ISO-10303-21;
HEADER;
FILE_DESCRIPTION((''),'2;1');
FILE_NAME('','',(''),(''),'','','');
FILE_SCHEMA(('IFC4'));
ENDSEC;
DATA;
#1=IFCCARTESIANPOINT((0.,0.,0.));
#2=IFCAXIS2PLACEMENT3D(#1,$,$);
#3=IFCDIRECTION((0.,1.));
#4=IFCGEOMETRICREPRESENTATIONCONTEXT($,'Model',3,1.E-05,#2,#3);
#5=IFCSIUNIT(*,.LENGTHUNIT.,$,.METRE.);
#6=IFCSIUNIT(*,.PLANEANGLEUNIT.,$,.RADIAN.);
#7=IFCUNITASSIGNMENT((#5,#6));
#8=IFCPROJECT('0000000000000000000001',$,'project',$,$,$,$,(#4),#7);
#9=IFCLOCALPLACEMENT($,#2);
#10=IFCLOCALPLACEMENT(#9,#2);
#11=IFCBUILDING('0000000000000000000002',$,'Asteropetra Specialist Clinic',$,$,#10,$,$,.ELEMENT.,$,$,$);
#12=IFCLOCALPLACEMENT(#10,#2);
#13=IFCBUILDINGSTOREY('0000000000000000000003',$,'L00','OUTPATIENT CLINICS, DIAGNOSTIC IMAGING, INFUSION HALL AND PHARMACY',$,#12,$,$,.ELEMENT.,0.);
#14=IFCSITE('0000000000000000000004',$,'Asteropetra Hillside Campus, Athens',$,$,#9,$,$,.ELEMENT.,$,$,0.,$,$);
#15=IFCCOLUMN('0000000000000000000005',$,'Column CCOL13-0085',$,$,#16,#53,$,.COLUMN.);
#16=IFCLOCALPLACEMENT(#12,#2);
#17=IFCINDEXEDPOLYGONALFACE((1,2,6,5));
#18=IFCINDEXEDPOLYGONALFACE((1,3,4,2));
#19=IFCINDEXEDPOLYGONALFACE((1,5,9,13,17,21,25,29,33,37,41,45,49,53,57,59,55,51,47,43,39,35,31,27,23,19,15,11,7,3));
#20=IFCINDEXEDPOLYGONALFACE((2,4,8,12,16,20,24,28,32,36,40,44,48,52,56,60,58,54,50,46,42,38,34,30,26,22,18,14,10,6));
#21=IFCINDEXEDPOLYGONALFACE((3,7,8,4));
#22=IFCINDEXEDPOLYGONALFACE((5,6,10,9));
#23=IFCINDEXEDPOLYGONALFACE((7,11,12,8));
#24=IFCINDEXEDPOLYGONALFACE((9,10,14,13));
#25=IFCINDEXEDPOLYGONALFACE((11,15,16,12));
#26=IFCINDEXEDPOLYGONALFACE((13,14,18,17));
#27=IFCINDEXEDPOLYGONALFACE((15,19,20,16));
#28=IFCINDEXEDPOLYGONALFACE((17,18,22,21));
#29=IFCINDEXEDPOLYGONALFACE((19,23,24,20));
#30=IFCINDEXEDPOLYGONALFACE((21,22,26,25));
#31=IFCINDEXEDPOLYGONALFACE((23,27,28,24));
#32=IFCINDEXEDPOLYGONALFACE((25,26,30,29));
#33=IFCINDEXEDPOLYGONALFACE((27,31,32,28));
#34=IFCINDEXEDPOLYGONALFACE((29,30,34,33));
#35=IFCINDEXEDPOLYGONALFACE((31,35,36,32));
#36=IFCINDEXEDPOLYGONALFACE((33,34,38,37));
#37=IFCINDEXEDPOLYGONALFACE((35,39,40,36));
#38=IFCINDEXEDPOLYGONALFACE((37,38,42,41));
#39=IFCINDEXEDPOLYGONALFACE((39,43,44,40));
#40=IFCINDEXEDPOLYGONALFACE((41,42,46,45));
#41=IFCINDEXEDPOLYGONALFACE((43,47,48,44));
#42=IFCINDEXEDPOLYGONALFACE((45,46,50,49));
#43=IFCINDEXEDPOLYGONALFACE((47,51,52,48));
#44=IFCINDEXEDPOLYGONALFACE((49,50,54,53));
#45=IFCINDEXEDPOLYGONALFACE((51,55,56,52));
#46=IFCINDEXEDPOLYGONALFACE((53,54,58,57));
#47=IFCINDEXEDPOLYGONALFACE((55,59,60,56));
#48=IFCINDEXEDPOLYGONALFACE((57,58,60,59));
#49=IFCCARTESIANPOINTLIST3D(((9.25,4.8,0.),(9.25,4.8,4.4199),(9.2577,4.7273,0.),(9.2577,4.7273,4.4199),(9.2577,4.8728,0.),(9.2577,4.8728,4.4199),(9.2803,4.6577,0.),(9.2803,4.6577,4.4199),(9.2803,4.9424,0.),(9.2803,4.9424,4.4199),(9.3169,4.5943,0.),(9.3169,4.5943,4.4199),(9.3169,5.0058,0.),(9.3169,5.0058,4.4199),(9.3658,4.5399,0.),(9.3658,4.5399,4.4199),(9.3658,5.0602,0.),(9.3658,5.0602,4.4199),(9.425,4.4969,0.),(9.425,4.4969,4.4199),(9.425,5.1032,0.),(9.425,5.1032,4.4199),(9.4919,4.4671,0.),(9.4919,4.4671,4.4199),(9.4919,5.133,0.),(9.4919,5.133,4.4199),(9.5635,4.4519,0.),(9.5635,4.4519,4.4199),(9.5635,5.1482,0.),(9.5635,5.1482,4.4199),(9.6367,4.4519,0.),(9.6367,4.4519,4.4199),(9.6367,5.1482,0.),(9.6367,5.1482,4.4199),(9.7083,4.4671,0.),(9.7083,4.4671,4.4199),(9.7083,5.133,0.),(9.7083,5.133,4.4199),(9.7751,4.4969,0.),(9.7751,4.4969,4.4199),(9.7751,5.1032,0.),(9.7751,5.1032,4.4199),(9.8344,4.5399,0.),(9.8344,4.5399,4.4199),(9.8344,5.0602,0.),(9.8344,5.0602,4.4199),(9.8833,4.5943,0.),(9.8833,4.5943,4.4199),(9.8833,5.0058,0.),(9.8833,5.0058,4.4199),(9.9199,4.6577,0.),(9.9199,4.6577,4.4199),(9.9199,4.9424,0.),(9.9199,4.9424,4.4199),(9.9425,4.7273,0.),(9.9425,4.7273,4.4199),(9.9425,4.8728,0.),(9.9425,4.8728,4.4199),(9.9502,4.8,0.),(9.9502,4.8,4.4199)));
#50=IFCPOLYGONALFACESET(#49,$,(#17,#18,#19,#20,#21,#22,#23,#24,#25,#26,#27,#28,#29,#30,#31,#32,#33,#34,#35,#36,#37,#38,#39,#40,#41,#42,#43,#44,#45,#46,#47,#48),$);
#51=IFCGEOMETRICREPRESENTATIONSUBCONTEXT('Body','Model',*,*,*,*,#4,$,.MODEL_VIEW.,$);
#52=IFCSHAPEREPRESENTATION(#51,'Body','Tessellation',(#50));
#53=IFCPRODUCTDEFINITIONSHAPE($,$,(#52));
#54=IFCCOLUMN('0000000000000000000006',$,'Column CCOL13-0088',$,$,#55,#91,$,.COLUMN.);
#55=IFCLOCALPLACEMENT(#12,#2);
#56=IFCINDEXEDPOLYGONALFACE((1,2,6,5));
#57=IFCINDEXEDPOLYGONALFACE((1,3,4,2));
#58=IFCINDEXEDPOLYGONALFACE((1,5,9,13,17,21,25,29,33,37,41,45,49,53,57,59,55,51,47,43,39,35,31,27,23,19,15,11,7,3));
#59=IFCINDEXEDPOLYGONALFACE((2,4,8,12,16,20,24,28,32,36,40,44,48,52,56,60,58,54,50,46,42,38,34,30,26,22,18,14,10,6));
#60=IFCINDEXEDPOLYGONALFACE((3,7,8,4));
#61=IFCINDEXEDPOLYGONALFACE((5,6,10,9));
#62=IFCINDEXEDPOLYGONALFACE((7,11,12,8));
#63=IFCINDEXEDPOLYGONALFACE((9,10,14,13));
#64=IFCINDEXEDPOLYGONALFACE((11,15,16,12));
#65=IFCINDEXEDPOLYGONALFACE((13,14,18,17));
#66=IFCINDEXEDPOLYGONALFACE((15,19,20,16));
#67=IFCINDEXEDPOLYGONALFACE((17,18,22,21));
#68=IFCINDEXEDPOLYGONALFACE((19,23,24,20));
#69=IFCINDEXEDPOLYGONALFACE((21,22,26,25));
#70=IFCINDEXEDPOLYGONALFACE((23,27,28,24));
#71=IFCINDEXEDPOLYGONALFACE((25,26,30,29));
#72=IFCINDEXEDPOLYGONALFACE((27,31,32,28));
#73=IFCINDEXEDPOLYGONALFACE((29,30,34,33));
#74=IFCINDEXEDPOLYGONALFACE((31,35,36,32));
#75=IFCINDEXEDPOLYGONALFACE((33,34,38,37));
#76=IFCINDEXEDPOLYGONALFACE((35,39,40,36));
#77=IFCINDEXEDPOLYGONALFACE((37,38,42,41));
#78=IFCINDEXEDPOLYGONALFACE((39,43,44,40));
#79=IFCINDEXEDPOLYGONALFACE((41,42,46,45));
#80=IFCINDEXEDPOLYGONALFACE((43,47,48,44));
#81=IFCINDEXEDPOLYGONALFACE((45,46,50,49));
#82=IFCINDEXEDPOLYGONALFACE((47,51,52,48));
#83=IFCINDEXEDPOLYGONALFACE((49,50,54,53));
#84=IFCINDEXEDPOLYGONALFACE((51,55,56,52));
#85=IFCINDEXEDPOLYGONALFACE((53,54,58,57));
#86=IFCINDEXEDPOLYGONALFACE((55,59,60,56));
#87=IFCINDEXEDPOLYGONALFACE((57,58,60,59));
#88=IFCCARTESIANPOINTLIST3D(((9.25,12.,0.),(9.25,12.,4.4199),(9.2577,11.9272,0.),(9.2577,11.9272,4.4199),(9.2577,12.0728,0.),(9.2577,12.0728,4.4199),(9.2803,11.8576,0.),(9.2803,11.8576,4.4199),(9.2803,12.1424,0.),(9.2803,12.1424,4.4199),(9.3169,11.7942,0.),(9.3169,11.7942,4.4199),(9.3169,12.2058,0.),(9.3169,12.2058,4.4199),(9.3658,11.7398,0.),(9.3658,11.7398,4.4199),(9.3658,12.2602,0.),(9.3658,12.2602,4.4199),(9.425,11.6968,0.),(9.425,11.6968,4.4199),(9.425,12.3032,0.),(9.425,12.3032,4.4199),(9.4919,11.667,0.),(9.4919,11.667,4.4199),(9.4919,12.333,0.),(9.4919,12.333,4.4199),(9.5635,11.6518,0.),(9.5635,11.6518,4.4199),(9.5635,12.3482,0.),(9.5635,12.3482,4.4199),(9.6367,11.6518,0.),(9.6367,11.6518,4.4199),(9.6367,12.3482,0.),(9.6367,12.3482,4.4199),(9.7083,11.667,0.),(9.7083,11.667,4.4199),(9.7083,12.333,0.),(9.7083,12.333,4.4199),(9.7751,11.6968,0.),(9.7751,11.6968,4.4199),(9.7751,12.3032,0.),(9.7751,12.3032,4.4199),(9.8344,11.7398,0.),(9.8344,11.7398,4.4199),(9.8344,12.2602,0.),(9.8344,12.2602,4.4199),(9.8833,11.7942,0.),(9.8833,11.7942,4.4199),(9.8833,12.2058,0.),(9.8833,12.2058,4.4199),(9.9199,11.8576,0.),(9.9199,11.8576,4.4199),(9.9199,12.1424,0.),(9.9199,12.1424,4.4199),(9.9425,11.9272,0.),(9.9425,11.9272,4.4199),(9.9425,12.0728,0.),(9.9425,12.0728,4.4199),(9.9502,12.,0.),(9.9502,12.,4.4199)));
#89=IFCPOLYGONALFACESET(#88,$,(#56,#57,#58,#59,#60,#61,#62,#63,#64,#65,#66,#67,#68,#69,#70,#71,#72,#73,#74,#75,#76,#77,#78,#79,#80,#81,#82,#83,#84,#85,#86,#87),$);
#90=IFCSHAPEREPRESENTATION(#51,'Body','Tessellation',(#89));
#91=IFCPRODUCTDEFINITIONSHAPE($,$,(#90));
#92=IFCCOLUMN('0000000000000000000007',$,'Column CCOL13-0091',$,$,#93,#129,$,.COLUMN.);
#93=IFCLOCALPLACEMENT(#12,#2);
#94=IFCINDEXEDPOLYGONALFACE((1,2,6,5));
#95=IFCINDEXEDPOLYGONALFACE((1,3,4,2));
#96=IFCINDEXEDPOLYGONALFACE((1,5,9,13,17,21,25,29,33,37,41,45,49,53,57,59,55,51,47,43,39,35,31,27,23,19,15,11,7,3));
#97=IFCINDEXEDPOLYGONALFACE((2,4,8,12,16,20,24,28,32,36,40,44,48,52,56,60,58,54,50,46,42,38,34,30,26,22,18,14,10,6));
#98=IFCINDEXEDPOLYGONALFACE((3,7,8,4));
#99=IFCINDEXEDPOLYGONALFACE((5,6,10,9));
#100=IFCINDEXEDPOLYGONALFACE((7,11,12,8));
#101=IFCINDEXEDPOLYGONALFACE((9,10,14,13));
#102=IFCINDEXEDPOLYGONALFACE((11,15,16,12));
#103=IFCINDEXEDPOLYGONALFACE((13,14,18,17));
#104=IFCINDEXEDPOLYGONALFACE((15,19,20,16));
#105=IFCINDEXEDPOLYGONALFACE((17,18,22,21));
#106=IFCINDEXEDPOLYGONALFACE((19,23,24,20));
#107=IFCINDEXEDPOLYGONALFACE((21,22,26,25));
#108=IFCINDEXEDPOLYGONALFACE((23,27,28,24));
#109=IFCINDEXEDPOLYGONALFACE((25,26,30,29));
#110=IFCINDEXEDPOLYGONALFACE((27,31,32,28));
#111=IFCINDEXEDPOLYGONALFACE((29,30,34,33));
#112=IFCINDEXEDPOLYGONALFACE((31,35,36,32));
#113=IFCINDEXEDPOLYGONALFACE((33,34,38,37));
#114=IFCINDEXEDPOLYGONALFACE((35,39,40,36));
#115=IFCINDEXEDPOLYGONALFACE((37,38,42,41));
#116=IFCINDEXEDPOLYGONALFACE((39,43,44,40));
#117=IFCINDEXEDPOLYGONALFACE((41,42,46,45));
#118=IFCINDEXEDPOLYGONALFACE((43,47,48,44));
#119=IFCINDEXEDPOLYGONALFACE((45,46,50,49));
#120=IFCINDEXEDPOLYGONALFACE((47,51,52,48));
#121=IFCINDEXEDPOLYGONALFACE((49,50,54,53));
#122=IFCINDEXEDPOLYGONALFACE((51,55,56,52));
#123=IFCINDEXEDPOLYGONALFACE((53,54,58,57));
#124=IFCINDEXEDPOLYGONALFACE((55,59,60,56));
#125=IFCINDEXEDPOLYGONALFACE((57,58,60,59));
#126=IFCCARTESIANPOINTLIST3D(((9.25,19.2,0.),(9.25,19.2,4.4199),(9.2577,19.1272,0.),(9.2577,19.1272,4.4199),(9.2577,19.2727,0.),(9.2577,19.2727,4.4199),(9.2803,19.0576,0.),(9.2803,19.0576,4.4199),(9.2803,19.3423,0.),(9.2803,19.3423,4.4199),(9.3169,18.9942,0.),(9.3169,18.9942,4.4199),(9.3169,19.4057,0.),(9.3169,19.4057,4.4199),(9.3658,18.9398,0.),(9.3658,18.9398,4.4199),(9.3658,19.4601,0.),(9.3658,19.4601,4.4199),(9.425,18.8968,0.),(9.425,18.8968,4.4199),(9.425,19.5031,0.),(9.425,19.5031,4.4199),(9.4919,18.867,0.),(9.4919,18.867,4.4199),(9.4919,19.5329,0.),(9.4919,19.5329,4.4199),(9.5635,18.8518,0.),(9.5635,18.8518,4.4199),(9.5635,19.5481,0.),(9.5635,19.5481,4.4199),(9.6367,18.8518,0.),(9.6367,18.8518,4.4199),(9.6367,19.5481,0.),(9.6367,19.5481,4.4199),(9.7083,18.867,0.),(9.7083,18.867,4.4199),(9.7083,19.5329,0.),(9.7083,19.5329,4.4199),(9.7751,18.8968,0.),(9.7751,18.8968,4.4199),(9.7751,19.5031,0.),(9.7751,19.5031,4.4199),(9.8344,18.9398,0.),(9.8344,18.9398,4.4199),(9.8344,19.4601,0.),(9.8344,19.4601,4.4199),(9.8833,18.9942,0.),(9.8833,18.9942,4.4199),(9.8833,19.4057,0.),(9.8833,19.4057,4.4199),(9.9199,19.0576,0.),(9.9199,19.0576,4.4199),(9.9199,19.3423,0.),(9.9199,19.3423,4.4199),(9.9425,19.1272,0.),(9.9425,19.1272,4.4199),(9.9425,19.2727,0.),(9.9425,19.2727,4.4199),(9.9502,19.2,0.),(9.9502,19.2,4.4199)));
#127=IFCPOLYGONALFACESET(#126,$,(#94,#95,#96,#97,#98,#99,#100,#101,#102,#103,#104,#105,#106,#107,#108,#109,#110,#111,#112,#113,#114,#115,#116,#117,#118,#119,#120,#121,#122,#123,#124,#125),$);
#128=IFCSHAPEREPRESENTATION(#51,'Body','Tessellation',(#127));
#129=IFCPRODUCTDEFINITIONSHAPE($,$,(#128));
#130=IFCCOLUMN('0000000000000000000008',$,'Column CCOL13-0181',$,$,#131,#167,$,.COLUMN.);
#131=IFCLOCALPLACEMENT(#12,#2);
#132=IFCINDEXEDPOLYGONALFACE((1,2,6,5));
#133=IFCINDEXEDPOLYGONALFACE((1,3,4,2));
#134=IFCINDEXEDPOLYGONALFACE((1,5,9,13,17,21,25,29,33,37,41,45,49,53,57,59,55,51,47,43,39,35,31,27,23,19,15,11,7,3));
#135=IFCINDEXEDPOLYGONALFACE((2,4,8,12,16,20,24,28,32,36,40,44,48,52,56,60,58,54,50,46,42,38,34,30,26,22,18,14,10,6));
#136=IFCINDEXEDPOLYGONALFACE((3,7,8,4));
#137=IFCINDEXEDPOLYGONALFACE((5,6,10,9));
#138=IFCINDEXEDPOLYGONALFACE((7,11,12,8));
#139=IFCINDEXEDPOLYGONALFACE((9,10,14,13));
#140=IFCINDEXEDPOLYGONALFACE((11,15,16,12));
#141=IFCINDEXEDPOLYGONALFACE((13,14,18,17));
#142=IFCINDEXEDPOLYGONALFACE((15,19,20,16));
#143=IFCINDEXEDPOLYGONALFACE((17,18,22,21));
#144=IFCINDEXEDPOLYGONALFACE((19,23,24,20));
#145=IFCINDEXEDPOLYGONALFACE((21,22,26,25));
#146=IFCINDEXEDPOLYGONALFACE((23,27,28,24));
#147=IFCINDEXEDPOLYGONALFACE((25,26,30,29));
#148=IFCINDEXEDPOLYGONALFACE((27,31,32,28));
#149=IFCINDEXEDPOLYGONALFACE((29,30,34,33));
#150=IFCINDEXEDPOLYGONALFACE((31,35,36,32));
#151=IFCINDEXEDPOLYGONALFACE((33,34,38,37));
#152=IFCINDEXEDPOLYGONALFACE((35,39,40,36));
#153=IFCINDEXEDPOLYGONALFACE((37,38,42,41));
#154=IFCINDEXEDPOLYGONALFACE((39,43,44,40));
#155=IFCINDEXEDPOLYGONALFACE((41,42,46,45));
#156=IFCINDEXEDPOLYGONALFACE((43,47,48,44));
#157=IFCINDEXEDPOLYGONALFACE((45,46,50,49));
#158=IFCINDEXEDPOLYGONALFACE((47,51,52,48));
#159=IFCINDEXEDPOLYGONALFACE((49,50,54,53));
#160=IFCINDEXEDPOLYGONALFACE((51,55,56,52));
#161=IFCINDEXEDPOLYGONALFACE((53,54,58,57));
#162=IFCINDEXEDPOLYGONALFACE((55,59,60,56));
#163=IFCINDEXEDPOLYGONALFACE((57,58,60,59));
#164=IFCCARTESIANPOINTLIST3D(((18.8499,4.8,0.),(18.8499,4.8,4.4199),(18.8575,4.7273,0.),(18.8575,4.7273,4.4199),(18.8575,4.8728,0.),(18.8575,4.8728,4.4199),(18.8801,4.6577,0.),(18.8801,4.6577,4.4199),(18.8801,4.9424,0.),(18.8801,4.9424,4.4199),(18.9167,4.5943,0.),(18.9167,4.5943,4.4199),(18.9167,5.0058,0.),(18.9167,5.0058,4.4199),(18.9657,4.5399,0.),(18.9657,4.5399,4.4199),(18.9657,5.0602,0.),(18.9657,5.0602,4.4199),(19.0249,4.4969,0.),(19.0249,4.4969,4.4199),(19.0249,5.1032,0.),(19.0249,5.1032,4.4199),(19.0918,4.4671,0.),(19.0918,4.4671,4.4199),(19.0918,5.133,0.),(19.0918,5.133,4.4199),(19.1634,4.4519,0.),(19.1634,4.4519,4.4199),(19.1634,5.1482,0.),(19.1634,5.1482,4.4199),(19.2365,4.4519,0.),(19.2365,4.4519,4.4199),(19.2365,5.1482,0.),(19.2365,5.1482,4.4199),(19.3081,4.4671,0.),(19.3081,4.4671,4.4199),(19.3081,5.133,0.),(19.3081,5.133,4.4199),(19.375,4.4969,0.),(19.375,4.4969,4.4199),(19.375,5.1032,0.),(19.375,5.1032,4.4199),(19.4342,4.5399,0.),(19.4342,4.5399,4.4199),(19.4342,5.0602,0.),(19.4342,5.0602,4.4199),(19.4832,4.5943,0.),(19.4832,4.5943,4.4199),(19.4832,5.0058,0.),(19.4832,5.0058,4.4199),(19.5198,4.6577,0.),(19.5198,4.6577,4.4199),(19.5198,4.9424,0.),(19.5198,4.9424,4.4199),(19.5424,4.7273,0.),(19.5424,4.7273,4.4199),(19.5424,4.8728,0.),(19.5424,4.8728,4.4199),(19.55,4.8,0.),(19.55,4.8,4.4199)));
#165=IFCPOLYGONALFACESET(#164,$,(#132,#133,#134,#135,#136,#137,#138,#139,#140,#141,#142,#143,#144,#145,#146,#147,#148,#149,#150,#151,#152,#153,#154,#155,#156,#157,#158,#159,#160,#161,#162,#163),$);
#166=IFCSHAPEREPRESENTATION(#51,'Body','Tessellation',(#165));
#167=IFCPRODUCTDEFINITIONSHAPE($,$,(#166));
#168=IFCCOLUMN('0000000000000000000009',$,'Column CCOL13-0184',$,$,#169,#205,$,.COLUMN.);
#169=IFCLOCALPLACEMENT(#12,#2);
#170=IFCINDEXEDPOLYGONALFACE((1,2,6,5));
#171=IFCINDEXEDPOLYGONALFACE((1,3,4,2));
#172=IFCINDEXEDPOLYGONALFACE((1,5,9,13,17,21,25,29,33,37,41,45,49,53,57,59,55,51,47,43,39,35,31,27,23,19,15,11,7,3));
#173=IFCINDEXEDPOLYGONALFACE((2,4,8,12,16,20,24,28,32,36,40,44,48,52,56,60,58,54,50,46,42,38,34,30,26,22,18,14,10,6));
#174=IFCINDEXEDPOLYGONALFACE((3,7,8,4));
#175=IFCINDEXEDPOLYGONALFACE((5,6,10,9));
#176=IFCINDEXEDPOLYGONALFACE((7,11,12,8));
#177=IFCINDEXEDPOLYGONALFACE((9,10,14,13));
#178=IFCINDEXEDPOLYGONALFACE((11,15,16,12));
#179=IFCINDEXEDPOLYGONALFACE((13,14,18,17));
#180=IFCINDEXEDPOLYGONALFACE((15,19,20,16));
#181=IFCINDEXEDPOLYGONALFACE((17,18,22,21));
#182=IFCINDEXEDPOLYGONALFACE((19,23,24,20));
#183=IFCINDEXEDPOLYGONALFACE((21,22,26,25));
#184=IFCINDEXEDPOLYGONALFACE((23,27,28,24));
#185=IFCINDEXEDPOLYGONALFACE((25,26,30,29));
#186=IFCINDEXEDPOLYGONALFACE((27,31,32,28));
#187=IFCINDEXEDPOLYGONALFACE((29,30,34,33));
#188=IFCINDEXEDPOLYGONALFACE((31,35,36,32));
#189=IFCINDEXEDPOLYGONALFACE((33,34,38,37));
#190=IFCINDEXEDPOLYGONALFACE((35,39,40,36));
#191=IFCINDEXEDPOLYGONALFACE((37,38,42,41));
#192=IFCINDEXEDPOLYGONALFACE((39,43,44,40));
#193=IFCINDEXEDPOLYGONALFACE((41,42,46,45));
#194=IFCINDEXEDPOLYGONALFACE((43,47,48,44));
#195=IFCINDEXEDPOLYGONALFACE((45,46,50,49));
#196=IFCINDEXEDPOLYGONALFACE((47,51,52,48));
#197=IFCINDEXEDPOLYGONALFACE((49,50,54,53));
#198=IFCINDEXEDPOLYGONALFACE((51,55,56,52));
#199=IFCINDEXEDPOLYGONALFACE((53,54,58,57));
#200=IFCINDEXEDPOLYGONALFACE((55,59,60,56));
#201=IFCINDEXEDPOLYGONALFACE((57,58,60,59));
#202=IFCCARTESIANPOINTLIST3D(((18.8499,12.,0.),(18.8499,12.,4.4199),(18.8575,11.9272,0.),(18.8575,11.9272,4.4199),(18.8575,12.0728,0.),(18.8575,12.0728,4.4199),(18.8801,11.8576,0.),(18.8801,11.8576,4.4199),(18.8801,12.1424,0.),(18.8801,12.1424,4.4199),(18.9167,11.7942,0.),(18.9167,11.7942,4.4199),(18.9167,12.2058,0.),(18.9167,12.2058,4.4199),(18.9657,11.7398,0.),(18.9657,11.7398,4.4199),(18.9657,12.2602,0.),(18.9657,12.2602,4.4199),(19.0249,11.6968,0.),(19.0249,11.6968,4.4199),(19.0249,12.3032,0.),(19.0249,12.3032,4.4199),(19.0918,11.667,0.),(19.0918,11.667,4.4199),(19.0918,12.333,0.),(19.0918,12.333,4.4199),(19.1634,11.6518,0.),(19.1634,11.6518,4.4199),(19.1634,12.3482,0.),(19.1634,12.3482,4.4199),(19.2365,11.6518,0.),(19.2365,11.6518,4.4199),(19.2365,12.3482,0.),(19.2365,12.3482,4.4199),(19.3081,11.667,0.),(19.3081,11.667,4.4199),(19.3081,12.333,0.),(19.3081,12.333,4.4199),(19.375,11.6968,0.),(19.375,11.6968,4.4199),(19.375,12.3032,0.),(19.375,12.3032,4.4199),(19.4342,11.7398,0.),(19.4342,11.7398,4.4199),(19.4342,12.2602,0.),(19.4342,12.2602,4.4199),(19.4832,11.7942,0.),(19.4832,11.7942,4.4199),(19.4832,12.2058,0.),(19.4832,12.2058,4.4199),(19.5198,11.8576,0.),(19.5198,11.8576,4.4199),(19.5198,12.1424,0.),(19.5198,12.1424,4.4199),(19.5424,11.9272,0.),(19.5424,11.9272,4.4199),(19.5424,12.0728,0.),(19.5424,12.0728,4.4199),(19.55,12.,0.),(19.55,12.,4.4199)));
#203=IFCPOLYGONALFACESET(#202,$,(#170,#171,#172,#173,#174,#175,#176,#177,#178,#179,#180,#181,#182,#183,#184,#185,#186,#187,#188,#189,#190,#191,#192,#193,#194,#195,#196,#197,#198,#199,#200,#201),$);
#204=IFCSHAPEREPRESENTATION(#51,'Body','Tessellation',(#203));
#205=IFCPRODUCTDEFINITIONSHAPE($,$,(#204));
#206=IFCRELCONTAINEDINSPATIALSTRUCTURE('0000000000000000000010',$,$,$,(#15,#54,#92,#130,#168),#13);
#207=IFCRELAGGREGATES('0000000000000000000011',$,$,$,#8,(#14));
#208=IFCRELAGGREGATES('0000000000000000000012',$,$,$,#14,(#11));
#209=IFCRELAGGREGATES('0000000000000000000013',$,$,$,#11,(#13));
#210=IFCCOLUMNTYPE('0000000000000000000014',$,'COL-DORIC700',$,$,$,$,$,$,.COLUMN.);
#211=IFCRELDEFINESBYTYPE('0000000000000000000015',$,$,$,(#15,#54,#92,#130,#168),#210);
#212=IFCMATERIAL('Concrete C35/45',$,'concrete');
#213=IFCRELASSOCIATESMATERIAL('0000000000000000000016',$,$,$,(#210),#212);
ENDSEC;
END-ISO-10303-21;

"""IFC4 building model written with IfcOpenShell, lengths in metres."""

from ifc_helpers import new_model, si_unit, direction, frame, origin, origin_2d, place, context, subcontext, project, spatial, circle, extrude, material, material_profile, profile_set, type_object, element, save


model = new_model("IFC4")

# Units and contexts
model_context = context("Model", 3, precision=1e-05, world=origin(), true_north=direction((0.0, 1.0)))
body_context = subcontext(model_context, "Body", "Model", "MODEL_VIEW")
ifc_project = project(units=[si_unit("LENGTHUNIT", "METRE"), si_unit("PLANEANGLEUNIT", "RADIAN")], contexts=[model_context])

# Site, building, storey
site_placement = place(None, origin())
site = spatial("IfcSite", under=ifc_project, at=site_placement, Name="Asteropetra Hillside Campus, Athens", CompositionType="ELEMENT", RefElevation=0.0)
building_placement = place(site_placement, origin())
building = spatial("IfcBuilding", under=site, at=building_placement, Name="Asteropetra Specialist Clinic", CompositionType="ELEMENT")
storey_placement = place(building_placement, origin())
storey = spatial("IfcBuildingStorey", under=building, at=storey_placement, Name="L00", Description="OUTPATIENT CLINICS, DIAGNOSTIC IMAGING, INFUSION HALL AND PHARMACY", CompositionType="ELEMENT", Elevation=0.0)

# Columns
ifc_material_1 = material(Name="Concrete C35/45", Category="concrete")
ifc_material_profile_1 = material_profile(ifc_material_1, circle(Radius=0.3501, at=origin_2d()), Name="RCC D700")
ifc_profile_set_1 = profile_set([ifc_material_profile_1], Name="Concrete C35/45")
column_type = type_object("IfcColumnType", Name="COL-DORIC700", PredefinedType="COLUMN", material=ifc_profile_set_1)
for number, where, z_axis, x_axis, name in (
    (1, (9.6001, 4.8, 0.0), (0.0, 0.0, 1.0), (1.0, 0.0, 0.0), "Column CCOL13-0085"),
    (2, (9.6001, 12.0, 0.0), (0.0, 0.0, 1.0), (1.0, 0.0, 0.0), "Column CCOL13-0088"),
    (3, (9.6001, 19.2, 0.0), (0.0, 0.0, 1.0), (1.0, 0.0, 0.0), "Column CCOL13-0091"),
    (4, (19.2, 4.8, 0.0), (0.0, 0.0, 1.0), (1.0, 0.0, 0.0), "Column CCOL13-0181"),
    (5, (19.2, 12.0, 0.0), (0.0, 0.0, 1.0), (1.0, 0.0, 0.0), "Column CCOL13-0184"),
):
    element("IfcColumn", number, at=place(storey_placement, frame(where, z_axis=z_axis, x_axis=x_axis)), inside=storey, type_object=column_type, Name=name, PredefinedType="COLUMN", context=body_context, shape_type="SweptSolid", body=[
        extrude(circle(Radius=0.3501, at=origin_2d()), origin(), (0.0, 0.0, 1.0), 4.4199),
    ])

save(model, "model.ifc")
